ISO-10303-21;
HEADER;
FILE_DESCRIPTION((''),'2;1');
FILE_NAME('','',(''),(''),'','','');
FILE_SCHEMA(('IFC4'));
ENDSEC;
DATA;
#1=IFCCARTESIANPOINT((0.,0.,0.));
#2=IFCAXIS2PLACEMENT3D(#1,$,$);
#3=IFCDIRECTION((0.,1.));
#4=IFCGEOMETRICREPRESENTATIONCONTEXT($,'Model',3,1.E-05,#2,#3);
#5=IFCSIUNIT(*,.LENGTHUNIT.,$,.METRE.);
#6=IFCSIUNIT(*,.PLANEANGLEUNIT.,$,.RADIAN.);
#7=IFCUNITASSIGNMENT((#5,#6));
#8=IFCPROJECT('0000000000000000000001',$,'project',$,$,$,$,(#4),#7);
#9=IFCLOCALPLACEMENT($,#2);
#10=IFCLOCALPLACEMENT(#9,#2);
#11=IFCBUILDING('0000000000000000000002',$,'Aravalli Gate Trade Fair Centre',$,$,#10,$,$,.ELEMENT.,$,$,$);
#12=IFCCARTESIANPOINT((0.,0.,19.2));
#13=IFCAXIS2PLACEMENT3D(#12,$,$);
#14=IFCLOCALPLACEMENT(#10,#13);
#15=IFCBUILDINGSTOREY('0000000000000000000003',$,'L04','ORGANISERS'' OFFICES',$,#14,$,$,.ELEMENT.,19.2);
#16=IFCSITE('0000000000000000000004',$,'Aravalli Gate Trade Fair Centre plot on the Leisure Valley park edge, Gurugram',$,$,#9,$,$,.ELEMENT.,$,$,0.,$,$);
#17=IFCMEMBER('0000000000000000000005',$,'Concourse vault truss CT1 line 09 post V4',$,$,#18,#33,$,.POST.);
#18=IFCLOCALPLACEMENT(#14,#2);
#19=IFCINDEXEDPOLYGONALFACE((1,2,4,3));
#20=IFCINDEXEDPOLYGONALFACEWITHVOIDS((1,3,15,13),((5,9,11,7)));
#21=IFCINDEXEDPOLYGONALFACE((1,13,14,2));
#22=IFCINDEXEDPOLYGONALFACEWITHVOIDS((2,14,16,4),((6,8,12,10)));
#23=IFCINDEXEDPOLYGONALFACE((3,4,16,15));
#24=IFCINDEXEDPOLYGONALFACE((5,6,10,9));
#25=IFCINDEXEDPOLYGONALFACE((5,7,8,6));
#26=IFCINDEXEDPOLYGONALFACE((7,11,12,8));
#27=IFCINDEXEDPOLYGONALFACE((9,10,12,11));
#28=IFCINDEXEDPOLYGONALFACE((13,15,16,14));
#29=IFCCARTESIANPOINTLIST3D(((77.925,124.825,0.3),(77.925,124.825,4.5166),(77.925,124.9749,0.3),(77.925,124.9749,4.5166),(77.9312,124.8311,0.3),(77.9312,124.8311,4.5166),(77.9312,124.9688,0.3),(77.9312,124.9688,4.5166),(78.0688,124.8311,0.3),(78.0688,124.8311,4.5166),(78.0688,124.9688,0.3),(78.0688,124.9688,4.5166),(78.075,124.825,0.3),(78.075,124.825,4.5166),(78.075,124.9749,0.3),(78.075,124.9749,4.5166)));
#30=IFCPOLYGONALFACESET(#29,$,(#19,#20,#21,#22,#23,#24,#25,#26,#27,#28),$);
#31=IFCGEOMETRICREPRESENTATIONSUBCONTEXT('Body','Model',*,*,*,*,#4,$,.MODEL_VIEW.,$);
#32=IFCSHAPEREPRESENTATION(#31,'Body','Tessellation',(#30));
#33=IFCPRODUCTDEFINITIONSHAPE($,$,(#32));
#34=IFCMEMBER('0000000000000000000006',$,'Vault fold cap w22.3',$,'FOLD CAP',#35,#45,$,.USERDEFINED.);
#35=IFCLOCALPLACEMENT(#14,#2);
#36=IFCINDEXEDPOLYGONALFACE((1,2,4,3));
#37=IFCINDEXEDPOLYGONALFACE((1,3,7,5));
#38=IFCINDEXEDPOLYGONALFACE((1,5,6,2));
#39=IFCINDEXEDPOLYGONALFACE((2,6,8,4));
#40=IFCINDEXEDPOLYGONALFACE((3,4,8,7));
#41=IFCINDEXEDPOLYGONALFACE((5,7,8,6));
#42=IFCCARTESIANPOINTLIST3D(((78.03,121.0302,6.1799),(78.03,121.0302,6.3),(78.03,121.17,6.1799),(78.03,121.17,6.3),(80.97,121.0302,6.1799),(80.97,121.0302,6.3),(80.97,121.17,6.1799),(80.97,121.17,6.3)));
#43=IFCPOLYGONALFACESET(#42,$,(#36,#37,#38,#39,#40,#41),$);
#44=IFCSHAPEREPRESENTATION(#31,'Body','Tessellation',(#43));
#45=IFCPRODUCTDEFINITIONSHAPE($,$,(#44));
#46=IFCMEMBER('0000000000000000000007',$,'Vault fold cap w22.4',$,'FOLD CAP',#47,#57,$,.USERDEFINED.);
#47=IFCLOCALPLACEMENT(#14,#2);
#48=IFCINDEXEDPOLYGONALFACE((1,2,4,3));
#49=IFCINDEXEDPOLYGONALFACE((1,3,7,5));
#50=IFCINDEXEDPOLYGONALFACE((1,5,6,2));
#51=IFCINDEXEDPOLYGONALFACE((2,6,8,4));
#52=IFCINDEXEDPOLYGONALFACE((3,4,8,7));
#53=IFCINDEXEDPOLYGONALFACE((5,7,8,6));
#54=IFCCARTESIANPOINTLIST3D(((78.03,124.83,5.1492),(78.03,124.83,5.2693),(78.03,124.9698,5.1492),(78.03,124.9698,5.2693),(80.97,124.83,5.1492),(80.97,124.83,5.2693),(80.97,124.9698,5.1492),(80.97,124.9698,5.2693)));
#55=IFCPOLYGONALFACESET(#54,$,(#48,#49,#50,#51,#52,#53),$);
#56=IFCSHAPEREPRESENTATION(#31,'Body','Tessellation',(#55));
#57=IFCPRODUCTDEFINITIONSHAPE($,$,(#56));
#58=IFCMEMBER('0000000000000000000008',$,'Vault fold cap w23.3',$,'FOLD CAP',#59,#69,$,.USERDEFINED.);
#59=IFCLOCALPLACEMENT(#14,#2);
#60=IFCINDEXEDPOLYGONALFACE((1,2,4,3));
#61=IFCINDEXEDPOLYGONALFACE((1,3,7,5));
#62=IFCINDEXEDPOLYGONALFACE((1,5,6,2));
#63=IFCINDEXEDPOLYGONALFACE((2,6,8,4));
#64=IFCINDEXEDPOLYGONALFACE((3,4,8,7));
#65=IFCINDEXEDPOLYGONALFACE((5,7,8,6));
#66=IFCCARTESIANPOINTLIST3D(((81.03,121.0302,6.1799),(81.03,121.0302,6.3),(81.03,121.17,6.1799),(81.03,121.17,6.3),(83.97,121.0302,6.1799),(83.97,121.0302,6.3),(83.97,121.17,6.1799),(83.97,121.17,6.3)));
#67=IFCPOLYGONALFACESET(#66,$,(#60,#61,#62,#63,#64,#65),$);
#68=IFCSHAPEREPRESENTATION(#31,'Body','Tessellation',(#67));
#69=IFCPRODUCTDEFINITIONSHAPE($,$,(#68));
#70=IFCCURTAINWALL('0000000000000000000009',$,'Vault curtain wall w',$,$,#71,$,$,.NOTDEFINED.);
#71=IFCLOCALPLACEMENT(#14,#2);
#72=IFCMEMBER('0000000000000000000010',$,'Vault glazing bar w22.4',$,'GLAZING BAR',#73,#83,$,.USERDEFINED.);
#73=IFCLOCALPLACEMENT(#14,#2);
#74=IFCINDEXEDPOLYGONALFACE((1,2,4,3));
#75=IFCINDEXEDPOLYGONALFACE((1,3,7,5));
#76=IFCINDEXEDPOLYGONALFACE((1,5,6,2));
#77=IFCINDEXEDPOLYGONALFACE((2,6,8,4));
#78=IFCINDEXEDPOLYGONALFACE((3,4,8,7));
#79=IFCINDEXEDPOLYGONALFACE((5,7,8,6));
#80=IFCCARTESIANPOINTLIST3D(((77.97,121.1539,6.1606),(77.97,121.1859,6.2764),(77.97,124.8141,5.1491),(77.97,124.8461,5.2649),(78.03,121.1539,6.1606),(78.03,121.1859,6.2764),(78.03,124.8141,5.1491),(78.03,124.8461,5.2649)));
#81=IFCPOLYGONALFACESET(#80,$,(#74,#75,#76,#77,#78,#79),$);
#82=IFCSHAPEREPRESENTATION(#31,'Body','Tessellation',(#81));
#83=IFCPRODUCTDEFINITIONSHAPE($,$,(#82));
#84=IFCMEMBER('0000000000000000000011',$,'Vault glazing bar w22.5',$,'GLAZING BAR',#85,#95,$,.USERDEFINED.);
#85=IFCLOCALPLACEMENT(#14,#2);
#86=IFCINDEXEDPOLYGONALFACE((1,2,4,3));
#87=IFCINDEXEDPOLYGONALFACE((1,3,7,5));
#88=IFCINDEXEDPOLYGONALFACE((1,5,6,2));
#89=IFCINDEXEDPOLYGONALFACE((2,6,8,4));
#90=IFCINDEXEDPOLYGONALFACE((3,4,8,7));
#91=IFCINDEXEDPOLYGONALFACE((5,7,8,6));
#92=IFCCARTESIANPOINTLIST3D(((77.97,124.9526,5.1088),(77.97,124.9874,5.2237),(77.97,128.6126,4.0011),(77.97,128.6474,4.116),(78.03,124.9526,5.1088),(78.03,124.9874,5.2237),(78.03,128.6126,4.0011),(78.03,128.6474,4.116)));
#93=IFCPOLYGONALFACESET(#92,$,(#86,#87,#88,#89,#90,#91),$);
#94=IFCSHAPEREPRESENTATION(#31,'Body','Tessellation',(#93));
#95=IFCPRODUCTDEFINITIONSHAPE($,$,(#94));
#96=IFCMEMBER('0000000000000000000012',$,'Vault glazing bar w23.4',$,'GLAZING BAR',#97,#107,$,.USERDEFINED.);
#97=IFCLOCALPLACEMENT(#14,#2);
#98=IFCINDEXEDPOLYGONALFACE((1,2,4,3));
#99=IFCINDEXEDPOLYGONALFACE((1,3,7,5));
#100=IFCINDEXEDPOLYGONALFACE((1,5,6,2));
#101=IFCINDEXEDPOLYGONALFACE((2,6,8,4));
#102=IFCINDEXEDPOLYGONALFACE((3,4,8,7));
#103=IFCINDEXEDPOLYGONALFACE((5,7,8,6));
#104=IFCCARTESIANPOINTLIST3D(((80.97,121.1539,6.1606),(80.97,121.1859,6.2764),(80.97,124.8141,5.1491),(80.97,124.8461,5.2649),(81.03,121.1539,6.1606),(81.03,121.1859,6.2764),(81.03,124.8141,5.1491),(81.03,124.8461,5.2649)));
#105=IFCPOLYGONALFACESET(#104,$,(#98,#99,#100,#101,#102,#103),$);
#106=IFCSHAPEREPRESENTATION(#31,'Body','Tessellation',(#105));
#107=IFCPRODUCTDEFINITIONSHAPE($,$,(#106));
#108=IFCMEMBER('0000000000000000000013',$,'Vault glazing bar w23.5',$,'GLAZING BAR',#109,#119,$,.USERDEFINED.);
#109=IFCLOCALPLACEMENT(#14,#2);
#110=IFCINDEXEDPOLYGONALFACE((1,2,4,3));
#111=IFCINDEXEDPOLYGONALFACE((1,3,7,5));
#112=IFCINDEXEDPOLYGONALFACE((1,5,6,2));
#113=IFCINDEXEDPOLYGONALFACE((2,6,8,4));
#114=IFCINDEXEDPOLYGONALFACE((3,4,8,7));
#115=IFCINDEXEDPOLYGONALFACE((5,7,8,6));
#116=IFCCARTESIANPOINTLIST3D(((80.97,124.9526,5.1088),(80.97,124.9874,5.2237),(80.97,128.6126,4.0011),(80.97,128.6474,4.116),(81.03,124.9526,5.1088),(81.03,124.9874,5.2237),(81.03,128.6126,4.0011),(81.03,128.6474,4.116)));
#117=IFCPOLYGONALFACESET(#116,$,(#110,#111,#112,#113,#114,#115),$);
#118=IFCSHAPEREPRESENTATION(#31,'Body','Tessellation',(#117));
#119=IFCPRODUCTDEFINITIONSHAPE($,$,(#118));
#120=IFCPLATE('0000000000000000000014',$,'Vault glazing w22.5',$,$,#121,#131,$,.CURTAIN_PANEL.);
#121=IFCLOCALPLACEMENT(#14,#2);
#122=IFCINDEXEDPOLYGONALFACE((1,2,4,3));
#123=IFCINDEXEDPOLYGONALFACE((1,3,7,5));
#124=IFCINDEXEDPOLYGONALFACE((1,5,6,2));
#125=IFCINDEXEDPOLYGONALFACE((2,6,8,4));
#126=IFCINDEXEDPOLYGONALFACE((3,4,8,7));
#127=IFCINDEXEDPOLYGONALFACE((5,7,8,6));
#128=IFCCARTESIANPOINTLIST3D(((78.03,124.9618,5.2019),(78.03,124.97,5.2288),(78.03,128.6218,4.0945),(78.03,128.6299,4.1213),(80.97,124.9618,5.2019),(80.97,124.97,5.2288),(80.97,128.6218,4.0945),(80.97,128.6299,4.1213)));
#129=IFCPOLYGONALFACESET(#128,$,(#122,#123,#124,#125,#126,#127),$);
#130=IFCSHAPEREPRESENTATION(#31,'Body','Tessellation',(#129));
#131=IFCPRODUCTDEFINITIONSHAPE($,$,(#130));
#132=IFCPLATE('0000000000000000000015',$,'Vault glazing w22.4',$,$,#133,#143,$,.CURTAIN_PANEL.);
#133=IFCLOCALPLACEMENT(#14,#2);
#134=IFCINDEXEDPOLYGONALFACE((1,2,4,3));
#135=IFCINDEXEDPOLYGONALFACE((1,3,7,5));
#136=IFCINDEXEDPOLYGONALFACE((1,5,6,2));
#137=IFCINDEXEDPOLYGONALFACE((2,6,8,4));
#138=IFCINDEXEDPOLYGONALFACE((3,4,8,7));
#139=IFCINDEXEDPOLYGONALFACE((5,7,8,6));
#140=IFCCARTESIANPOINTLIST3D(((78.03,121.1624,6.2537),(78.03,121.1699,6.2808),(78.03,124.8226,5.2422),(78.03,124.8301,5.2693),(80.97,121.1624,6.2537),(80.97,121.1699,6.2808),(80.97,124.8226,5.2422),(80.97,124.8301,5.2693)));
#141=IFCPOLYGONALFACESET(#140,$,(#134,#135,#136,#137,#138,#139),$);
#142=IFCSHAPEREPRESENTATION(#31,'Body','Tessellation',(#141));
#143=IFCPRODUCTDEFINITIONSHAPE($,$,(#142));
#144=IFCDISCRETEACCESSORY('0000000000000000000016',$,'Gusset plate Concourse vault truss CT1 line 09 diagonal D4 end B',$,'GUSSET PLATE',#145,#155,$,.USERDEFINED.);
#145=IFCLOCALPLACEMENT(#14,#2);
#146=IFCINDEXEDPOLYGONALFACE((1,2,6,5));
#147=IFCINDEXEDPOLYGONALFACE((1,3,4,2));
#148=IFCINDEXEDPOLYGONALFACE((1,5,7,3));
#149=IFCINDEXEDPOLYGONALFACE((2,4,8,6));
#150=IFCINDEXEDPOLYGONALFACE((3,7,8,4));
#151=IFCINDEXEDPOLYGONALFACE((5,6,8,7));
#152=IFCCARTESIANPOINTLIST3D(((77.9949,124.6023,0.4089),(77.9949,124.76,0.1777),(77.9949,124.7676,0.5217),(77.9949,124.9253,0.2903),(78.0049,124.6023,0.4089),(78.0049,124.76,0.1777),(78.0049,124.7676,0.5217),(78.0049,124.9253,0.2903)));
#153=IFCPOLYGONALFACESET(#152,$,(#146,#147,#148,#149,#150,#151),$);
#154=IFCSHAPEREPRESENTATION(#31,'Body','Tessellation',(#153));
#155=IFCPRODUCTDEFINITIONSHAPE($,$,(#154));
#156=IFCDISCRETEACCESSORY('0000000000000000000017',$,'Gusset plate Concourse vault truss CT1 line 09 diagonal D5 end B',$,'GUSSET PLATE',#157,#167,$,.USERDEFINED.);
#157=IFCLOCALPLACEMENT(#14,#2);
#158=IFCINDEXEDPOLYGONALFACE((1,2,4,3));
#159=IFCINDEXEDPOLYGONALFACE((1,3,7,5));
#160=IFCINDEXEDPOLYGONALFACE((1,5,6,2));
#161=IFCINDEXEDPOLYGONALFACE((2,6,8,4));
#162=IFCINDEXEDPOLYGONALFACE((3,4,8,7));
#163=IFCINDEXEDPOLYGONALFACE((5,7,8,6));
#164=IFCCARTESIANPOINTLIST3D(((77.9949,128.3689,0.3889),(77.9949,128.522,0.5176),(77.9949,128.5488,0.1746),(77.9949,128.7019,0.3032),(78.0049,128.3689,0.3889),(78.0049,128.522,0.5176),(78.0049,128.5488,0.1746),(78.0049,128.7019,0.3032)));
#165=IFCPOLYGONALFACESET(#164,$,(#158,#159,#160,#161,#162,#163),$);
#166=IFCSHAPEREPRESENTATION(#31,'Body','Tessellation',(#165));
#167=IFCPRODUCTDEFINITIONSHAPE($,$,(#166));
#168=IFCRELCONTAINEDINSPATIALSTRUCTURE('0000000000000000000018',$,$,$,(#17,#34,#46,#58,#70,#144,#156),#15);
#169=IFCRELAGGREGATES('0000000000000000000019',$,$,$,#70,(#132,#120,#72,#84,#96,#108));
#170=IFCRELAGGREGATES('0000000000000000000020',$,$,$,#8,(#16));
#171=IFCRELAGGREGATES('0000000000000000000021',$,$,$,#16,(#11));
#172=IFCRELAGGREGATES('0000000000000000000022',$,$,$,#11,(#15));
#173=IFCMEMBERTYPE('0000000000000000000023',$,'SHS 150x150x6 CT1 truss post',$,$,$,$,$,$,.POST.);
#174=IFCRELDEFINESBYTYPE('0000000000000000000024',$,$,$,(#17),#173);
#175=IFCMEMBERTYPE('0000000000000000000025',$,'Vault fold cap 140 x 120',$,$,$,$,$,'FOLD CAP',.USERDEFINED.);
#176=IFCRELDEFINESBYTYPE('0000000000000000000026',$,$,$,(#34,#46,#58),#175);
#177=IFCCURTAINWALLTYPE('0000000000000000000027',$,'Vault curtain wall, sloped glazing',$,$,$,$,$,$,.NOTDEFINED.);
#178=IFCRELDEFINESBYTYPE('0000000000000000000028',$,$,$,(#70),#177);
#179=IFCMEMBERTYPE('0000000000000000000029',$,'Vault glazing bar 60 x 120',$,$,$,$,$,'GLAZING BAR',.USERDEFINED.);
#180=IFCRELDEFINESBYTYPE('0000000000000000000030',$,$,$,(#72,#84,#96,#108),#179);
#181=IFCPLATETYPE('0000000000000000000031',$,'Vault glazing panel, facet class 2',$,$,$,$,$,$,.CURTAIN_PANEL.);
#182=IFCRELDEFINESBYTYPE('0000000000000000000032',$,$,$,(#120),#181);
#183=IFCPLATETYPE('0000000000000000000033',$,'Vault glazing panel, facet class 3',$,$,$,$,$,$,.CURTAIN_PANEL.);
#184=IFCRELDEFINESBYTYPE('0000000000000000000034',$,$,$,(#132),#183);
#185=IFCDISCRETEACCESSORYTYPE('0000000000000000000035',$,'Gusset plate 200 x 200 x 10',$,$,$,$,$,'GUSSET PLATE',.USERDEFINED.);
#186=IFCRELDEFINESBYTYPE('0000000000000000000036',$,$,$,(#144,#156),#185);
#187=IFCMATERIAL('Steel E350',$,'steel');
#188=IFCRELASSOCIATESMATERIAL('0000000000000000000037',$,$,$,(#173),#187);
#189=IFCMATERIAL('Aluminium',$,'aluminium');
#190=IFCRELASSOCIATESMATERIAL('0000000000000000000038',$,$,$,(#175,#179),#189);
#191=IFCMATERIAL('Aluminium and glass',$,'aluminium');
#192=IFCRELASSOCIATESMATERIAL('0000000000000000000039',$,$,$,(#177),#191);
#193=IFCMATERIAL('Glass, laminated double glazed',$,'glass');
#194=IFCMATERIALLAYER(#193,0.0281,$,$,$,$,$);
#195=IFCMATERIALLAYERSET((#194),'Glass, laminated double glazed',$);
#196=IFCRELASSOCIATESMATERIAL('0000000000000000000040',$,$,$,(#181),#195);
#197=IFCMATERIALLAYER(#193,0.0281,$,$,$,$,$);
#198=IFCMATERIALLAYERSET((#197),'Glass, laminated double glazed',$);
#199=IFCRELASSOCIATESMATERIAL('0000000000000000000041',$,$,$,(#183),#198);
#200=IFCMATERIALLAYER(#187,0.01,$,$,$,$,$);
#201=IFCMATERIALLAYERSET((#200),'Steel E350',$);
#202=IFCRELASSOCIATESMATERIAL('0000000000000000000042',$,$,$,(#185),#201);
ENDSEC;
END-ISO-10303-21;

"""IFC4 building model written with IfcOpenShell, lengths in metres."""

from ifc_helpers import new_model, si_unit, direction, frame, origin, origin_2d, place, context, subcontext, project, spatial, polyline, rectangle, hollow_rectangle, outline, extrude, material, layer, layer_set, material_profile, profile_set, type_object, element, aggregate, save


model = new_model("IFC4")

# Units and contexts
model_context = context("Model", 3, precision=1e-05, world=origin(), true_north=direction((0.0, 1.0)))
body_context = subcontext(model_context, "Body", "Model", "MODEL_VIEW")
ifc_project = project(units=[si_unit("LENGTHUNIT", "METRE"), si_unit("PLANEANGLEUNIT", "RADIAN")], contexts=[model_context])

# Site, building, storey
site_placement = place(None, origin())
site = spatial("IfcSite", under=ifc_project, at=site_placement, Name="Aravalli Gate Trade Fair Centre plot on the Leisure Valley park edge, Gurugram", CompositionType="ELEMENT", RefElevation=0.0)
building_placement = place(site_placement, origin())
building = spatial("IfcBuilding", under=site, at=building_placement, Name="Aravalli Gate Trade Fair Centre", CompositionType="ELEMENT")
storey_placement = place(building_placement, frame((0.0, 0.0, 19.2)))
storey = spatial("IfcBuildingStorey", under=building, at=storey_placement, Name="L04", Description="ORGANISERS' OFFICES", CompositionType="ELEMENT", Elevation=19.2)

# Members
ifc_material_1 = material(Name="Steel E350", Category="steel")
ifc_material_profile_1 = material_profile(ifc_material_1, hollow_rectangle(XDim=0.1499, YDim=0.1499, WallThickness=0.0061, at=origin_2d()), Name="SHS 150x150x6")
ifc_profile_set_1 = profile_set([ifc_material_profile_1], Name="Steel E350")
member_type_1 = type_object("IfcMemberType", Name="SHS 150x150x6 CT1 truss post", PredefinedType="POST", material=ifc_profile_set_1)
member_1_placement = place(storey_placement, frame((78.0, 124.8999, 0.3), z_axis=(0.0, 0.0, 1.0), x_axis=(1.0, 0.0, 0.0)))
element("IfcMember", 1, at=member_1_placement, inside=storey, type_object=member_type_1, Name="Concourse vault truss CT1 line 09 post V4", PredefinedType="POST", context=body_context, shape_type="SweptSolid", body=[
    extrude(hollow_rectangle(XDim=0.1499, YDim=0.1499, WallThickness=0.0061, at=origin_2d()), origin(), (0.0, 0.0, 1.0), 4.2166),
])
ifc_material_2 = material(Name="Aluminium", Category="aluminium")
ifc_material_profile_2 = material_profile(ifc_material_2, rectangle(XDim=0.1399, YDim=0.1201, at=origin_2d()), Name="Vault fold cap 140 x 120")
ifc_profile_set_2 = profile_set([ifc_material_profile_2], Name="Aluminium")
member_type_2 = type_object("IfcMemberType", Name="Vault fold cap 140 x 120", ElementType="FOLD CAP", PredefinedType="USERDEFINED", material=ifc_profile_set_2)
for number, where, z_axis, x_axis, name in (
    (2, (78.03, 121.1001, 6.24), (1.0, 0.0, 0.0), (0.0, 1.0, 0.0), "Vault fold cap w22.3"),
    (3, (78.03, 124.8999, 5.2092), (1.0, 0.0, 0.0), (0.0, 1.0, 0.0), "Vault fold cap w22.4"),
    (4, (81.03, 121.1001, 6.24), (1.0, 0.0, 0.0), (0.0, 1.0, 0.0), "Vault fold cap w23.3"),
):
    element("IfcMember", number, at=place(storey_placement, frame(where, z_axis=z_axis, x_axis=x_axis)), inside=storey, type_object=member_type_2, Name=name, ObjectType="FOLD CAP", PredefinedType="USERDEFINED", context=body_context, shape_type="SweptSolid", body=[
        extrude(rectangle(XDim=0.1399, YDim=0.1201, at=origin_2d()), origin(), (0.0, 0.0, 1.0), 2.9399),
    ])

# Curtain wall, members, plates
ifc_material_3 = material(Name="Aluminium and glass", Category="aluminium")
curtain_wall_type = type_object("IfcCurtainWallType", Name="Vault curtain wall, sloped glazing", PredefinedType="NOTDEFINED", material=ifc_material_3)
curtain_wall_placement = place(storey_placement, origin())
curtain_wall = element("IfcCurtainWall", 5, at=curtain_wall_placement, inside=storey, type_object=curtain_wall_type, Name="Vault curtain wall w", PredefinedType="NOTDEFINED")
ifc_material_profile_3 = material_profile(ifc_material_2, rectangle(XDim=0.0601, YDim=0.1201, at=origin_2d()), Name="Vault glazing bar 60 x 120")
ifc_profile_set_3 = profile_set([ifc_material_profile_3], Name="Aluminium")
member_type_3 = type_object("IfcMemberType", Name="Vault glazing bar 60 x 120", ElementType="GLAZING BAR", PredefinedType="USERDEFINED", material=ifc_profile_set_3)
member_2_placement = place(storey_placement, frame((78.0, 121.1699, 6.2185), z_axis=(0.0, 0.963873, -0.266364), x_axis=(-1.0, 0.0, 0.0)))
member_2 = element("IfcMember", 6, at=member_2_placement, type_object=member_type_3, Name="Vault glazing bar w22.4", ObjectType="GLAZING BAR", PredefinedType="USERDEFINED", context=body_context, shape_type="SweptSolid", body=[
    extrude(rectangle(XDim=0.0601, YDim=0.1201, at=origin_2d()), origin(), (0.0, 0.0, 1.0), 3.7974),
])
member_3_placement = place(storey_placement, frame((78.0, 124.97, 5.1663), z_axis=(0.0, 0.957126, -0.289672), x_axis=(-1.0, 0.0, 0.0)))
member_3 = element("IfcMember", 7, at=member_3_placement, type_object=member_type_3, Name="Vault glazing bar w22.5", ObjectType="GLAZING BAR", PredefinedType="USERDEFINED", context=body_context, shape_type="SweptSolid", body=[
    extrude(rectangle(XDim=0.0601, YDim=0.1201, at=origin_2d()), origin(), (0.0, 0.0, 1.0), 3.824),
])
member_4_placement = place(storey_placement, frame((81.0, 121.1699, 6.2185), z_axis=(0.0, 0.963873, -0.266364), x_axis=(-1.0, 0.0, 0.0)))
member_4 = element("IfcMember", 8, at=member_4_placement, type_object=member_type_3, Name="Vault glazing bar w23.4", ObjectType="GLAZING BAR", PredefinedType="USERDEFINED", context=body_context, shape_type="SweptSolid", body=[
    extrude(rectangle(XDim=0.0601, YDim=0.1201, at=origin_2d()), origin(), (0.0, 0.0, 1.0), 3.7974),
])
member_5_placement = place(storey_placement, frame((81.0, 124.97, 5.1663), z_axis=(0.0, 0.957126, -0.289672), x_axis=(-1.0, 0.0, 0.0)))
member_5 = element("IfcMember", 9, at=member_5_placement, type_object=member_type_3, Name="Vault glazing bar w23.5", ObjectType="GLAZING BAR", PredefinedType="USERDEFINED", context=body_context, shape_type="SweptSolid", body=[
    extrude(rectangle(XDim=0.0601, YDim=0.1201, at=origin_2d()), origin(), (0.0, 0.0, 1.0), 3.824),
])
ifc_material_4 = material(Name="Glass, laminated double glazed", Category="glass")
ifc_layer_1 = layer(ifc_material_4, 0.0281)
ifc_layer_set_1 = layer_set([ifc_layer_1], Name="Glass, laminated double glazed")
plate_type_1 = type_object("IfcPlateType", Name="Vault glazing panel, facet class 2", PredefinedType="CURTAIN_PANEL", material=ifc_layer_set_1)
plate_1_placement = place(storey_placement, frame((78.03, 124.97, 5.2288), z_axis=(0.0, 0.289614, 0.957144), x_axis=(1.0, 0.0, 0.0)))
plate_1 = element("IfcPlate", 10, at=plate_1_placement, type_object=plate_type_1, Name="Vault glazing w22.5", PredefinedType="CURTAIN_PANEL", context=body_context, shape_type="SweptSolid", body=[
    extrude(outline(polyline([(0.0, 0.0), (2.9399, 0.0), (2.9399, 3.8238), (0.0, 3.8238), (0.0, 0.0)])), origin(), (0.0, 0.0, -1.0), 0.0281),
])
ifc_layer_2 = layer(ifc_material_4, 0.0281)
ifc_layer_set_2 = layer_set([ifc_layer_2], Name="Glass, laminated double glazed")
plate_type_2 = type_object("IfcPlateType", Name="Vault glazing panel, facet class 3", PredefinedType="CURTAIN_PANEL", material=ifc_layer_set_2)
plate_2_placement = place(storey_placement, frame((78.03, 121.1699, 6.2808), z_axis=(0.0, 0.266364, 0.963873), x_axis=(1.0, 0.0, 0.0)))
plate_2 = element("IfcPlate", 11, at=plate_2_placement, type_object=plate_type_2, Name="Vault glazing w22.4", PredefinedType="CURTAIN_PANEL", context=body_context, shape_type="SweptSolid", body=[
    extrude(outline(polyline([(0.0, 0.0), (2.9399, 0.0), (2.9399, 3.7973), (0.0, 3.7973), (0.0, 0.0)])), origin(), (0.0, 0.0, -1.0), 0.0281),
])
aggregate(curtain_wall, [plate_2, plate_1, member_2, member_3, member_4, member_5])

# Discrete accessories
ifc_layer_3 = layer(ifc_material_1, 0.01)
ifc_layer_set_3 = layer_set([ifc_layer_3], Name="Steel E350")
discrete_accessory_type = type_object("IfcDiscreteAccessoryType", Name="Gusset plate 200 x 200 x 10", ElementType="GUSSET PLATE", PredefinedType="USERDEFINED", material=ifc_layer_set_3)
discrete_accessory_1_placement = place(storey_placement, frame((78.0049, 124.6023, 0.4089), z_axis=(1.0, 0.0, 0.0), x_axis=(0.0, 0.563526, -0.826098)))
element("IfcDiscreteAccessory", 12, at=discrete_accessory_1_placement, inside=storey, type_object=discrete_accessory_type, Name="Gusset plate Concourse vault truss CT1 line 09 diagonal D4 end B", ObjectType="GUSSET PLATE", PredefinedType="USERDEFINED", context=body_context, shape_type="SweptSolid", body=[
    extrude(outline(polyline([(0.0, 0.0), (0.2799, 0.0), (0.28, 0.2), (0.0, 0.2001), (0.0, 0.0)])), origin(), (0.0, 0.0, -1.0), 0.01),
])
discrete_accessory_2_placement = place(storey_placement, frame((78.0049, 128.3689, 0.3889), z_axis=(1.0, 0.0, 0.0), x_axis=(0.0, 0.642926, -0.765928)))
element("IfcDiscreteAccessory", 13, at=discrete_accessory_2_placement, inside=storey, type_object=discrete_accessory_type, Name="Gusset plate Concourse vault truss CT1 line 09 diagonal D5 end B", ObjectType="GUSSET PLATE", PredefinedType="USERDEFINED", context=body_context, shape_type="SweptSolid", body=[
    extrude(outline(polyline([(0.0, 0.0), (0.2799, 0.0), (0.2797, 0.2), (-0.0001, 0.2), (0.0, 0.0)])), origin(), (0.0, 0.0, -1.0), 0.01),
])

save(model, "model.ifc")
